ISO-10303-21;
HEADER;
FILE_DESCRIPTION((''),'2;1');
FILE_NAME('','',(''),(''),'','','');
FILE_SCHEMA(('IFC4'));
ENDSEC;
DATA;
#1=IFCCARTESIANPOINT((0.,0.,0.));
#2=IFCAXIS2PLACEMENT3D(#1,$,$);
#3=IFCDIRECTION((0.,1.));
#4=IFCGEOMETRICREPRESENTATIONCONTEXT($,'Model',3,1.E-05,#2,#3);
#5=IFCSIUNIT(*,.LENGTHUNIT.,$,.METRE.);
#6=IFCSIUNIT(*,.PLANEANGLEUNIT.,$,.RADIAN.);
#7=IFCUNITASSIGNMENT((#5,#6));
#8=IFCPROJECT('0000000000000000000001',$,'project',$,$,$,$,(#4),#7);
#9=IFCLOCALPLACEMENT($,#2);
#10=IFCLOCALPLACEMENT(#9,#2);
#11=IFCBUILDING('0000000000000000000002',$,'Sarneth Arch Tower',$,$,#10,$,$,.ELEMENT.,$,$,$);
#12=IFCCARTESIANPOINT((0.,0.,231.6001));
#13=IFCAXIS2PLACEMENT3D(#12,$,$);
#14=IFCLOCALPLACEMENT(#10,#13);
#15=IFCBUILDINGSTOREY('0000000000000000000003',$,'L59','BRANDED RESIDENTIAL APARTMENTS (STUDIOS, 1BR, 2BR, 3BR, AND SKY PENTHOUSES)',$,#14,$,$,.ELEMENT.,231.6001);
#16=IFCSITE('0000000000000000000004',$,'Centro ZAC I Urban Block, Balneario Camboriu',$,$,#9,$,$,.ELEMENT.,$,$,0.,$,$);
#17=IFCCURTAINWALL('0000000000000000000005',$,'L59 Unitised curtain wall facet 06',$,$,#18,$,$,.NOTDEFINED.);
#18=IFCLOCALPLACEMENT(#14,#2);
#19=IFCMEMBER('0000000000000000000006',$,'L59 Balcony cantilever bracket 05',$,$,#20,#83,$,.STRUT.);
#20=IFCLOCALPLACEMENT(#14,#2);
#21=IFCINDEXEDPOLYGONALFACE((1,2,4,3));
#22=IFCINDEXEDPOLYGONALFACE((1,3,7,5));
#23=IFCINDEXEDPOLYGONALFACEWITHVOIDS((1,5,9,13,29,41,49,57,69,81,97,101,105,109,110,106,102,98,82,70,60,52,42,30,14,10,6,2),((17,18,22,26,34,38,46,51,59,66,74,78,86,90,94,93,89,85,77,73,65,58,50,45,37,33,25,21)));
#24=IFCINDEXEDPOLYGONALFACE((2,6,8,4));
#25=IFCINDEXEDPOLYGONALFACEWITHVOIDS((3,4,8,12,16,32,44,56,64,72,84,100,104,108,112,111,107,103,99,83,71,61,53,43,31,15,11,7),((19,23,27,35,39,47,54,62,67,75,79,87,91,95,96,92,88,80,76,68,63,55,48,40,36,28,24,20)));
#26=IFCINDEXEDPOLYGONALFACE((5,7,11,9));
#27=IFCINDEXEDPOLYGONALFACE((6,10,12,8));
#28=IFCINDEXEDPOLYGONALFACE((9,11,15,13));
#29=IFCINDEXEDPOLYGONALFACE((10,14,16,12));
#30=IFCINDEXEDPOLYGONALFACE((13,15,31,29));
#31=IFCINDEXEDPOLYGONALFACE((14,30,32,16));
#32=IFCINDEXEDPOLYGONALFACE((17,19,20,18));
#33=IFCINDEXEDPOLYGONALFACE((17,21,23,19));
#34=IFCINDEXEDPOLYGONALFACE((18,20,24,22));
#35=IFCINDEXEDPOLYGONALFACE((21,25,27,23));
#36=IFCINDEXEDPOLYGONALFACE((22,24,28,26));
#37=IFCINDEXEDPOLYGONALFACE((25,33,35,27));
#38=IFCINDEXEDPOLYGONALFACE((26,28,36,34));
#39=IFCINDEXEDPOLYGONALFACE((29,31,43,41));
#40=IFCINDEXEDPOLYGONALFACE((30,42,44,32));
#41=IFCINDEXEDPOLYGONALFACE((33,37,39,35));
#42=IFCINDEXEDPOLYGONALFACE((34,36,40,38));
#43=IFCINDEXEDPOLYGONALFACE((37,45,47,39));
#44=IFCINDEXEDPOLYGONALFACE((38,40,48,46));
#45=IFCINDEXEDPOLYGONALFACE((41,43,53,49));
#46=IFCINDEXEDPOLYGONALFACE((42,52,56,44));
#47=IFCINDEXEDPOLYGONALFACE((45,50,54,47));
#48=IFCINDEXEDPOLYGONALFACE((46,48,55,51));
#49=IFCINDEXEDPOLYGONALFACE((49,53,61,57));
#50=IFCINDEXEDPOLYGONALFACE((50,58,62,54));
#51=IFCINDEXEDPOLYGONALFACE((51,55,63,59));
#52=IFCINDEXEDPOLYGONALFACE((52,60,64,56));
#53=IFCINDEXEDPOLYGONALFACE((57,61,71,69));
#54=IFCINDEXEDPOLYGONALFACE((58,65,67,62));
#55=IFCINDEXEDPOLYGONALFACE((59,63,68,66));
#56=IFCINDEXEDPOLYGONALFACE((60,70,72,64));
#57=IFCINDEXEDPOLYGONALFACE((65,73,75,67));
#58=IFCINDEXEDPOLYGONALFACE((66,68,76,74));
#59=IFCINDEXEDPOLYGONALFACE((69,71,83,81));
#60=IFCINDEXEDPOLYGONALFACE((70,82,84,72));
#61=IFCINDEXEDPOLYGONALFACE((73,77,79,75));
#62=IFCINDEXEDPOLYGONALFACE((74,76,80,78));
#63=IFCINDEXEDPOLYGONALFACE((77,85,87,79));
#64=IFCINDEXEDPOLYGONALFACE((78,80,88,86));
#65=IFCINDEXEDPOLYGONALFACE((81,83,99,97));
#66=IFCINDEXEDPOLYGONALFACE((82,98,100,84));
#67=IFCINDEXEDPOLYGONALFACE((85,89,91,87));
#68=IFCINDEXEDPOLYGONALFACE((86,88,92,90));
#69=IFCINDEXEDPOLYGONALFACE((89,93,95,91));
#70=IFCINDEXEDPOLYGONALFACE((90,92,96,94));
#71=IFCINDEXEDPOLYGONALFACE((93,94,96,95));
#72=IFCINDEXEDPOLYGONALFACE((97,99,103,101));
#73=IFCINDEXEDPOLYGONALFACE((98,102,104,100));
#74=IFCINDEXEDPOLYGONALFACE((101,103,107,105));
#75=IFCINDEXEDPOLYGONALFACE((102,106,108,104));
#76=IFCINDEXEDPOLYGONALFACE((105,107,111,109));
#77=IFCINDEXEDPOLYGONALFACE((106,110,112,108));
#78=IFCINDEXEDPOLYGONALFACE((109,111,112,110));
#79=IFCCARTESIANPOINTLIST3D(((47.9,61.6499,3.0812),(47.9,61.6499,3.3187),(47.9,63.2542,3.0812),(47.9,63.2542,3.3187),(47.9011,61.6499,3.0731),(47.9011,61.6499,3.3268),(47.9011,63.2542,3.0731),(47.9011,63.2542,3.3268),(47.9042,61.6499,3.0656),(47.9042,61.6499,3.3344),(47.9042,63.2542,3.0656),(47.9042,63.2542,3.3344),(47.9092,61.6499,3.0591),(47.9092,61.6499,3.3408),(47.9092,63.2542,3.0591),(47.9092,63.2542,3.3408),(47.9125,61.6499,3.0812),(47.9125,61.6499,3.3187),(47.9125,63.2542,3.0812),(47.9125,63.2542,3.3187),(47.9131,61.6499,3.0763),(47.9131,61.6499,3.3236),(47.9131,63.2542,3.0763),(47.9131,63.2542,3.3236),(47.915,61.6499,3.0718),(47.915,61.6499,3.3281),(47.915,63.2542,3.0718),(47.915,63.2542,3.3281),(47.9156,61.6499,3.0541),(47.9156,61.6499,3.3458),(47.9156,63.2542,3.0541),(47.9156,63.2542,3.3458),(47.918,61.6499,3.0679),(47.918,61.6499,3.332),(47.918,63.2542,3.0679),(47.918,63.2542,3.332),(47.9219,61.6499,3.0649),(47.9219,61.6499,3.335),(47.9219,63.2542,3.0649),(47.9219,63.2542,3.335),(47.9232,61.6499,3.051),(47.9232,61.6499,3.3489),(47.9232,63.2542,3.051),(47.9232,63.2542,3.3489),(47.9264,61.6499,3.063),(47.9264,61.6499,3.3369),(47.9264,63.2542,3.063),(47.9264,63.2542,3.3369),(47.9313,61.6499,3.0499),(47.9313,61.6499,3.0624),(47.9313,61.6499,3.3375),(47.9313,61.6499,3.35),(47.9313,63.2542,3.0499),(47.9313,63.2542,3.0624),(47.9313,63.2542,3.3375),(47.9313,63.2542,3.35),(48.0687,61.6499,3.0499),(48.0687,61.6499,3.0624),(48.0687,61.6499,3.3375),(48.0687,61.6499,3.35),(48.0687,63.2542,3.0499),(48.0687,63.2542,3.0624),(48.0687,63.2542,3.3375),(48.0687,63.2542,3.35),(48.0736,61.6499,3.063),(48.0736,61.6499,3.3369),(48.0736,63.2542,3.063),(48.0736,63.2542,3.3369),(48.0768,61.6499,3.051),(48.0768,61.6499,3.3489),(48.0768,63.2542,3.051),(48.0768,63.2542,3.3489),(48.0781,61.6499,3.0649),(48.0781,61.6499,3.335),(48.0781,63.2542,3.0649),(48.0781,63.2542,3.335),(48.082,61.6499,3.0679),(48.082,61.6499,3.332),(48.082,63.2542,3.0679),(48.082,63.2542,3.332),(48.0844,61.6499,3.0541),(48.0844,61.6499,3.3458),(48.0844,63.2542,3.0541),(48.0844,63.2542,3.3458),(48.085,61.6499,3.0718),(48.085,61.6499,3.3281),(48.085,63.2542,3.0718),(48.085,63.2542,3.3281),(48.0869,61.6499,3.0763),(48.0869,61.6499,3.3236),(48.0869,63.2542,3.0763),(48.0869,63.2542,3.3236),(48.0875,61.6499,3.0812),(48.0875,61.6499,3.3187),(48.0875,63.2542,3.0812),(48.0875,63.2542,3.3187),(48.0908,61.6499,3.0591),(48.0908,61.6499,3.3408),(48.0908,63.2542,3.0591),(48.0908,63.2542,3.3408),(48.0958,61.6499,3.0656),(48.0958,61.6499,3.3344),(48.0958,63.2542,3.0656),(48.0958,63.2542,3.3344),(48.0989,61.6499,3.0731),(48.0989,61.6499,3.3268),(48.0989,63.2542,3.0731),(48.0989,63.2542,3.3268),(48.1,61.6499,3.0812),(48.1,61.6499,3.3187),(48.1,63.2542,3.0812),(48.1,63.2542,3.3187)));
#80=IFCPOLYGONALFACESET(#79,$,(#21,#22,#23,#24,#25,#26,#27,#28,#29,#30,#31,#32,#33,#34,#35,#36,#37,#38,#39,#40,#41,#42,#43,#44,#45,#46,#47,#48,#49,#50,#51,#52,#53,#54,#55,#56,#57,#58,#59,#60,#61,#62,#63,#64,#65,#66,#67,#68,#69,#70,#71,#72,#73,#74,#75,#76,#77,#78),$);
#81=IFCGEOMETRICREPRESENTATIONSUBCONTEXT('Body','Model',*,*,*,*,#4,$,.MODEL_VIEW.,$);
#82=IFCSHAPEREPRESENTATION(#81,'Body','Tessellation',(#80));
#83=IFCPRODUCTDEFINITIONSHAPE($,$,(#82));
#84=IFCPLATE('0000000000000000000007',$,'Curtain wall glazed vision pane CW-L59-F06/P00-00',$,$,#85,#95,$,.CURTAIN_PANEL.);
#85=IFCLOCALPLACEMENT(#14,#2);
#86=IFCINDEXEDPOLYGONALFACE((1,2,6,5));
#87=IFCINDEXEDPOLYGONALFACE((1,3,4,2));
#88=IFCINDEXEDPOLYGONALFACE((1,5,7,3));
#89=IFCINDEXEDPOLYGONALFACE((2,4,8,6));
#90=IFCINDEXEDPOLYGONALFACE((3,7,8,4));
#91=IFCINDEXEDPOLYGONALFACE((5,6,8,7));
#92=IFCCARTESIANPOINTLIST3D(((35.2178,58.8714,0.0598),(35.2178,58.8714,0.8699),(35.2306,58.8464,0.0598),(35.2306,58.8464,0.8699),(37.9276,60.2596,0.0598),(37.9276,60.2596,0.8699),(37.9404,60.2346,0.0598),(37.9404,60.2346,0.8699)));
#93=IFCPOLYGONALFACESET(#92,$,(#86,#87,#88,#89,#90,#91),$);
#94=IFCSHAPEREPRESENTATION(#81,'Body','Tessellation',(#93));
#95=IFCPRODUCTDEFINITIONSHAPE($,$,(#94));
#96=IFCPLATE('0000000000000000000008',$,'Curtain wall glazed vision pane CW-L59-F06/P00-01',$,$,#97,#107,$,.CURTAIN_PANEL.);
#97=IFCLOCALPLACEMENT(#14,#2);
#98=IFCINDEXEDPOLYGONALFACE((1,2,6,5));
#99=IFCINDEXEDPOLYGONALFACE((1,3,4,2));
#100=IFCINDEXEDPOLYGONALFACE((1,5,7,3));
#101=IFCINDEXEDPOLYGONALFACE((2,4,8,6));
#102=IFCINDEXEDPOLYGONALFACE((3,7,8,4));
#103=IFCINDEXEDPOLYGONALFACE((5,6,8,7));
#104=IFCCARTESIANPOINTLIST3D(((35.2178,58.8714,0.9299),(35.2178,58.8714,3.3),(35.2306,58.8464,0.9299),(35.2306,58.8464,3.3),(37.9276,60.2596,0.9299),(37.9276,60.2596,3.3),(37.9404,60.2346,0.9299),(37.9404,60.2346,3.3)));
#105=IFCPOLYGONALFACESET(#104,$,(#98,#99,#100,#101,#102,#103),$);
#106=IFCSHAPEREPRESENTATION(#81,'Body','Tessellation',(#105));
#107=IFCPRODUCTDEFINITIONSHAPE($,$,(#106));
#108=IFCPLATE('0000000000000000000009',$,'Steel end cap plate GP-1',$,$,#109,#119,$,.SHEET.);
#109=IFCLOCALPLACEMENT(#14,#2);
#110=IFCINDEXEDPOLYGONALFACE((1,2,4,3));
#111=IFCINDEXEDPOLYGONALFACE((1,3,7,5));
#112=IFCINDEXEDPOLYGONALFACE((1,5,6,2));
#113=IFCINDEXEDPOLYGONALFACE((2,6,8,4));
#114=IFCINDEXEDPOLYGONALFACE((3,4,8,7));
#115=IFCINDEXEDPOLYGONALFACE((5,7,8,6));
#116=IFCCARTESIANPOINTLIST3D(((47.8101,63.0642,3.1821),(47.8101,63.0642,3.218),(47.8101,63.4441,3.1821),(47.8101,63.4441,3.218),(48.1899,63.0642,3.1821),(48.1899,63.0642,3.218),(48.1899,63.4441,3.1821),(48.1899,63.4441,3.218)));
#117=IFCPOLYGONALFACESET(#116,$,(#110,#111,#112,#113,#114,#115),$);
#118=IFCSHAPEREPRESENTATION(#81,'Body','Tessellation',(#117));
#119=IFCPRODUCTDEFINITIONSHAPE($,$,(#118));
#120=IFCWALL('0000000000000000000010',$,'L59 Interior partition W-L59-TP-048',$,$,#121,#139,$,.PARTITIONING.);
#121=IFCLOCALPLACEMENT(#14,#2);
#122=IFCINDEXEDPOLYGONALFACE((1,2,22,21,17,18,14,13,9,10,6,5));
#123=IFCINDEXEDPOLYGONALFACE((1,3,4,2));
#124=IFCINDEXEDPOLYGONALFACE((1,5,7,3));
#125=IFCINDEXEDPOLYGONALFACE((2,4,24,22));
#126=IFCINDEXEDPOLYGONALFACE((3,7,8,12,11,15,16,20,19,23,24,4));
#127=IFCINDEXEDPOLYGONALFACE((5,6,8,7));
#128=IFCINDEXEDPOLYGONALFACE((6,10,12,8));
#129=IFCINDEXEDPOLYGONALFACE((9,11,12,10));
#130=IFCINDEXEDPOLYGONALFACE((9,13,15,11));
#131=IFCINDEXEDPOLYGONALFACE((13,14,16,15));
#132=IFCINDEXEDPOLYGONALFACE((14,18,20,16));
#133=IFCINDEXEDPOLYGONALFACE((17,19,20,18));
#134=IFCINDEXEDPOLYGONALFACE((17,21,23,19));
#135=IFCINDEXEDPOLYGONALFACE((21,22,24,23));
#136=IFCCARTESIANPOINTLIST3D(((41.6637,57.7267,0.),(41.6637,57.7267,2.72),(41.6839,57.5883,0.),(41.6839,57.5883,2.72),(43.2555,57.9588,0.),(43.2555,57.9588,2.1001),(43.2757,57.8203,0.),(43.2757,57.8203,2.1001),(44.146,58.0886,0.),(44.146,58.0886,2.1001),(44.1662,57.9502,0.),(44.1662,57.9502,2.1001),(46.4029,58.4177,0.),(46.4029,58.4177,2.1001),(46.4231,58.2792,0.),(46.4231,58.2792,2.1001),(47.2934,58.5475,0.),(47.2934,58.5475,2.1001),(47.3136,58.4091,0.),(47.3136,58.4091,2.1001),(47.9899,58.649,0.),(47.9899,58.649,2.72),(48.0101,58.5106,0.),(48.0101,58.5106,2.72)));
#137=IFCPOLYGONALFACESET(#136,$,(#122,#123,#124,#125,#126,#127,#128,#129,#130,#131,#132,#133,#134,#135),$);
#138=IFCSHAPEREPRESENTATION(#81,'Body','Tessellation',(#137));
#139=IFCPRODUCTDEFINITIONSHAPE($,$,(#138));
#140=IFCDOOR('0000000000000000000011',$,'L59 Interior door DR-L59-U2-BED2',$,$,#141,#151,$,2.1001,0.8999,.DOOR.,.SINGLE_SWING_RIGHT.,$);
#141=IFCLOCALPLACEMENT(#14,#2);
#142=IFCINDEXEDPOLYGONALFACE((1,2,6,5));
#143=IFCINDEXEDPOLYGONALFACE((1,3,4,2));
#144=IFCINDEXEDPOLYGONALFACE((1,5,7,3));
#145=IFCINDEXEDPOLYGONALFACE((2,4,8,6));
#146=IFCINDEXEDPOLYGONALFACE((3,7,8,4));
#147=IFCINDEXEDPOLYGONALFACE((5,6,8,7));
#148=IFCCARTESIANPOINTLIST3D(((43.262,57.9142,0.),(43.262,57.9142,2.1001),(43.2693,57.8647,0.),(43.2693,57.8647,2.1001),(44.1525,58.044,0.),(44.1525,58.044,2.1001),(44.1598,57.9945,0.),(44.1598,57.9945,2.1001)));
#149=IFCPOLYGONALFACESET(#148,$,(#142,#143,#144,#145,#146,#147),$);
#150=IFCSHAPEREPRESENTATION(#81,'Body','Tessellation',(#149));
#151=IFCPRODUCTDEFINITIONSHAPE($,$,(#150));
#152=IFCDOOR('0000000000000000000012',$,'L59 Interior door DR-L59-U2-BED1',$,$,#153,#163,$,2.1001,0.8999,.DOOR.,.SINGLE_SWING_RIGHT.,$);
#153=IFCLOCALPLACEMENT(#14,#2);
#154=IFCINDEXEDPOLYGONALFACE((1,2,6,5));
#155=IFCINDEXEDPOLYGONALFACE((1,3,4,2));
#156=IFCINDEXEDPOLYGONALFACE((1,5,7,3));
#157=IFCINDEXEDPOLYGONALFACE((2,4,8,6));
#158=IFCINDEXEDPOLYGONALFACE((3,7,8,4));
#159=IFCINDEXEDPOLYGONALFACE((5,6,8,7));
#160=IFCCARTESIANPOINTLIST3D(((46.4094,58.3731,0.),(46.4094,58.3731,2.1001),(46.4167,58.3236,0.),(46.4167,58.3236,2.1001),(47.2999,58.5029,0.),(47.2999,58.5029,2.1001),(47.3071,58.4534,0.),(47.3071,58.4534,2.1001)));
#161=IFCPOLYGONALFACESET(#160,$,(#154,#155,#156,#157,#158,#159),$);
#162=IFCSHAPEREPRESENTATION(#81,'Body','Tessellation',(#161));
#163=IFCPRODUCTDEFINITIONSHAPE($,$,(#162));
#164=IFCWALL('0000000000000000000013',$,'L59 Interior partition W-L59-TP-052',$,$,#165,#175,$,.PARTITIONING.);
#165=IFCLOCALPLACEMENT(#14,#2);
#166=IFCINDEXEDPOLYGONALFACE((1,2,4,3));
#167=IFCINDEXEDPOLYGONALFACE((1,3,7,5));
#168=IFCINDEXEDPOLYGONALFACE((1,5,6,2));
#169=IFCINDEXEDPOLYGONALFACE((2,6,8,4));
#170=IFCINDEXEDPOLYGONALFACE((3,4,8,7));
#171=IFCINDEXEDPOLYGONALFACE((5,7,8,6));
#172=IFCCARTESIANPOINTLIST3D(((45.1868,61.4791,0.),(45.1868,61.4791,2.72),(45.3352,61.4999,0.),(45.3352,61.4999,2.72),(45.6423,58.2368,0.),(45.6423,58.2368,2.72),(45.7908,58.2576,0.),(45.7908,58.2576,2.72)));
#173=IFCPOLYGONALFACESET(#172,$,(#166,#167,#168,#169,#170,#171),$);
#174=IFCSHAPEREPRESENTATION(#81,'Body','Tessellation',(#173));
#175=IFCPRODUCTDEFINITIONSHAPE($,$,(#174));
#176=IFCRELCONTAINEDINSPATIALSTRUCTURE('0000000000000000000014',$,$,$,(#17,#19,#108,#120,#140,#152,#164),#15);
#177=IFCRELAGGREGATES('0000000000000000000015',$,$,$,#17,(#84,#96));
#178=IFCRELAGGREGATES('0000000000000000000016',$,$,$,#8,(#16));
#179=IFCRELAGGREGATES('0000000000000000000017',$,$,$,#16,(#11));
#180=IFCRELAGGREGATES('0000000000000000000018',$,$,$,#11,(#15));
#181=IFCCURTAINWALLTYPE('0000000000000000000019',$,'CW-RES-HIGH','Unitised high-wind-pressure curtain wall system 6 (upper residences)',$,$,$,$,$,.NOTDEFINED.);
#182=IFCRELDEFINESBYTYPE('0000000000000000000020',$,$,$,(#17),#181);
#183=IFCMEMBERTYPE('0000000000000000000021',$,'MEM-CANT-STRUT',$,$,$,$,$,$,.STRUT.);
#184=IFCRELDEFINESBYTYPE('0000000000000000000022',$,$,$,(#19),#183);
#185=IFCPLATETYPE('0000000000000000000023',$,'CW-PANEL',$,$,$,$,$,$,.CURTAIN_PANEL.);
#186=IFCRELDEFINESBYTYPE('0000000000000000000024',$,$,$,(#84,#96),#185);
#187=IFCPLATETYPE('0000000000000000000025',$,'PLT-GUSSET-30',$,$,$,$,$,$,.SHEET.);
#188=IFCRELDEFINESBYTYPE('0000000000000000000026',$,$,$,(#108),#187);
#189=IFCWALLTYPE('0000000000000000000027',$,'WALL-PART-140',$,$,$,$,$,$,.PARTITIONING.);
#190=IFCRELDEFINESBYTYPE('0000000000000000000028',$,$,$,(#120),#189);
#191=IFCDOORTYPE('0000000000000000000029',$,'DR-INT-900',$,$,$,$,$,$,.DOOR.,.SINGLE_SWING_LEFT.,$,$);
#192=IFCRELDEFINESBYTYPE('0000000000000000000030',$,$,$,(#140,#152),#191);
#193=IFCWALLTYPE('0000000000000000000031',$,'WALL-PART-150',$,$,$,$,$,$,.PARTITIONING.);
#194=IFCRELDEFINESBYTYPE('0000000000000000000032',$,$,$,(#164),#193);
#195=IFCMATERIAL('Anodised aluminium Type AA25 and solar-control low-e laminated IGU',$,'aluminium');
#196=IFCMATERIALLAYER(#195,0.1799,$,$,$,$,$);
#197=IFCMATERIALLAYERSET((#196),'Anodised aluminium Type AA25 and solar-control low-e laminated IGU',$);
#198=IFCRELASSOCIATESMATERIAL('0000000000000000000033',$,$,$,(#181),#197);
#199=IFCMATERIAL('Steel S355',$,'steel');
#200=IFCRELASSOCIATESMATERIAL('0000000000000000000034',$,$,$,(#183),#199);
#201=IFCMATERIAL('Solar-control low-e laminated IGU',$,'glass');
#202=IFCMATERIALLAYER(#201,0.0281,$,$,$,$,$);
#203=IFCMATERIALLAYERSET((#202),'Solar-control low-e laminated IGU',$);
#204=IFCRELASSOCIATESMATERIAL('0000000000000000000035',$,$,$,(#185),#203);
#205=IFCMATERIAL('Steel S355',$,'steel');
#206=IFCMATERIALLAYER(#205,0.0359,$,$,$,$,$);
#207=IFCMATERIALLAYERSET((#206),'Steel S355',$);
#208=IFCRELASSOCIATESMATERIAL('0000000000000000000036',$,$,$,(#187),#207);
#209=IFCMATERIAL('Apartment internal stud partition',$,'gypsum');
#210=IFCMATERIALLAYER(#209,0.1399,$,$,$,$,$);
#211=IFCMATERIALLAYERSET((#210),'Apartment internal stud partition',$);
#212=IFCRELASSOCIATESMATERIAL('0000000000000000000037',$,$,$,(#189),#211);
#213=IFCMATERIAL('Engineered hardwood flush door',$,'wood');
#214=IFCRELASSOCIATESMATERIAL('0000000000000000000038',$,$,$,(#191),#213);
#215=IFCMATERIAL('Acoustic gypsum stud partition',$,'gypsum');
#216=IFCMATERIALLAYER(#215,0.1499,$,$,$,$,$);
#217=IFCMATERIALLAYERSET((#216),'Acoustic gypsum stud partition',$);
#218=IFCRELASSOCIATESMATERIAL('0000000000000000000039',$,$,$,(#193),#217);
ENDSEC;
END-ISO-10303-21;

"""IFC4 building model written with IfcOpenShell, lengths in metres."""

from ifc_helpers import new_model, si_unit, direction, frame, frame_2d, origin, origin_2d, place, context, subcontext, project, spatial, rectangle, hollow_rectangle, extrude, material, layer, layer_set, material_profile, profile_set, type_object, element, fill, aggregate, save


model = new_model("IFC4")

# Units and contexts
model_context = context("Model", 3, precision=1e-05, world=origin(), true_north=direction((0.0, 1.0)))
body_context = subcontext(model_context, "Body", "Model", "MODEL_VIEW")
ifc_project = project(units=[si_unit("LENGTHUNIT", "METRE"), si_unit("PLANEANGLEUNIT", "RADIAN")], contexts=[model_context])

# Site, building, storey
site_placement = place(None, origin())
site = spatial("IfcSite", under=ifc_project, at=site_placement, Name="Centro ZAC I Urban Block, Balneario Camboriu", CompositionType="ELEMENT", RefElevation=0.0)
building_placement = place(site_placement, origin())
building = spatial("IfcBuilding", under=site, at=building_placement, Name="Sarneth Arch Tower", CompositionType="ELEMENT")
storey_placement = place(building_placement, frame((0.0, 0.0, 231.6001)))
storey = spatial("IfcBuildingStorey", under=building, at=storey_placement, Name="L59", Description="BRANDED RESIDENTIAL APARTMENTS (STUDIOS, 1BR, 2BR, 3BR, AND SKY PENTHOUSES)", CompositionType="ELEMENT", Elevation=231.6001)

# Curtain wall
ifc_material_1 = material(Name="Anodised aluminium Type AA25 and solar-control low-e laminated IGU", Category="aluminium")
ifc_layer_1 = layer(ifc_material_1, 0.1799)
ifc_layer_set_1 = layer_set([ifc_layer_1], Name="Anodised aluminium Type AA25 and solar-control low-e laminated IGU")
curtain_wall_type = type_object("IfcCurtainWallType", Name="CW-RES-HIGH", Description="Unitised high-wind-pressure curtain wall system 6 (upper residences)", PredefinedType="NOTDEFINED", material=ifc_layer_set_1)
curtain_wall_placement = place(storey_placement, origin())
curtain_wall = element("IfcCurtainWall", 1, at=curtain_wall_placement, inside=storey, type_object=curtain_wall_type, Name="L59 Unitised curtain wall facet 06", PredefinedType="NOTDEFINED")

# Member
ifc_material_2 = material(Name="Steel S355", Category="steel")
ifc_material_profile_1 = material_profile(ifc_material_2, hollow_rectangle(XDim=0.2, YDim=0.3, WallThickness=0.0125, InnerFilletRadius=0.0188, OuterFilletRadius=0.0312, at=origin_2d()), Name="RHS300x200x12.5")
ifc_profile_set_1 = profile_set([ifc_material_profile_1], Name="Steel S355")
member_type_1 = type_object("IfcMemberType", Name="MEM-CANT-STRUT", PredefinedType="STRUT", material=ifc_profile_set_1)
member_1_placement = place(storey_placement, frame((48.0, 61.6499, 3.2), z_axis=(0.0, 1.0, 0.0), x_axis=(-1.0, 0.0, 0.0)))
element("IfcMember", 2, at=member_1_placement, inside=storey, type_object=member_type_1, Name="L59 Balcony cantilever bracket 05", PredefinedType="STRUT", context=body_context, shape_type="SweptSolid", body=[
    extrude(hollow_rectangle(XDim=0.2, YDim=0.3, WallThickness=0.0125, InnerFilletRadius=0.0188, OuterFilletRadius=0.0312, at=origin_2d()), origin(), (0.0, 0.0, 1.0), 1.6042),
])

# Plates
ifc_material_3 = material(Name="Solar-control low-e laminated IGU", Category="glass")
ifc_layer_2 = layer(ifc_material_3, 0.0281)
ifc_layer_set_2 = layer_set([ifc_layer_2], Name="Solar-control low-e laminated IGU")
plate_type_1 = type_object("IfcPlateType", Name="CW-PANEL", PredefinedType="CURTAIN_PANEL", material=ifc_layer_set_2)
plate_1_placement = place(storey_placement, frame((36.5791, 59.553, 0.0598), z_axis=(0.0, 0.0, 1.0), x_axis=(-0.89001, -0.455942, 0.0)))
plate_1 = element("IfcPlate", 3, at=plate_1_placement, type_object=plate_type_1, Name="Curtain wall glazed vision pane CW-L59-F06/P00-00", PredefinedType="CURTAIN_PANEL", context=body_context, shape_type="SweptSolid", body=[
    extrude(rectangle(XDim=3.0447, YDim=0.0281, at=origin_2d()), origin(), (0.0, 0.0, 1.0), 0.8101),
])
plate_2_placement = place(storey_placement, frame((36.5791, 59.553, 0.9299), z_axis=(0.0, 0.0, 1.0), x_axis=(-0.89001, -0.455942, 0.0)))
plate_2 = element("IfcPlate", 4, at=plate_2_placement, type_object=plate_type_1, Name="Curtain wall glazed vision pane CW-L59-F06/P00-01", PredefinedType="CURTAIN_PANEL", context=body_context, shape_type="SweptSolid", body=[
    extrude(rectangle(XDim=3.0447, YDim=0.0281, at=origin_2d()), origin(), (0.0, 0.0, 1.0), 2.3701),
])
aggregate(curtain_wall, [plate_1, plate_2])
ifc_material_4 = material(Name="Steel S355", Category="steel")
ifc_layer_3 = layer(ifc_material_4, 0.0359)
ifc_layer_set_3 = layer_set([ifc_layer_3], Name="Steel S355")
plate_type_2 = type_object("IfcPlateType", Name="PLT-GUSSET-30", PredefinedType="SHEET", material=ifc_layer_set_3)
plate_3_placement = place(storey_placement, frame((48.0, 63.2542, 3.1821), z_axis=(0.0, 0.0, 1.0), x_axis=(0.0, 1.0, 0.0)))
element("IfcPlate", 5, at=plate_3_placement, inside=storey, type_object=plate_type_2, Name="Steel end cap plate GP-1", PredefinedType="SHEET", context=body_context, shape_type="SweptSolid", body=[
    extrude(rectangle(XDim=0.3799, YDim=0.3799, at=origin_2d()), origin(), (0.0, 0.0, 1.0), 0.0359),
])

# Wall, openings, doors
ifc_material_5 = material(Name="Apartment internal stud partition", Category="gypsum")
ifc_layer_4 = layer(ifc_material_5, 0.1399)
ifc_layer_set_4 = layer_set([ifc_layer_4], Name="Apartment internal stud partition")
wall_type_1 = type_object("IfcWallType", Name="WALL-PART-140", PredefinedType="PARTITIONING", material=ifc_layer_set_4)
wall_1_placement = place(storey_placement, frame((41.6738, 57.6575, 0.0), z_axis=(0.0, 0.0, 1.0), x_axis=(0.989538, 0.144276, 0.0)))
wall_1 = element("IfcWall", 6, at=wall_1_placement, inside=storey, type_object=wall_type_1, Name="L59 Interior partition W-L59-TP-048", PredefinedType="PARTITIONING", context=body_context, shape_type="SweptSolid", body=[
    extrude(rectangle(XDim=6.3931, YDim=0.1399, at=frame_2d((3.1965, 0.0))), origin(), (0.0, 0.0, 1.0), 2.72),
])
opening_1_placement = place(wall_1_placement, frame((1.6086, 0.0, 0.0)))
opening_1 = element("IfcOpeningElement", 7, at=opening_1_placement, cuts=wall_1, PredefinedType="OPENING", context=body_context, shape_type="SweptSolid", body=[
    extrude(rectangle(XDim=0.8999, YDim=2.1001, at=frame_2d((0.45, 1.05))), frame((0.0, 0.0798, 0.0), z_axis=(0.0, -1.0, 0.0), x_axis=(1.0, 0.0, 0.0)), (0.0, 0.0, 1.0), 0.1599),
])
opening_2_placement = place(wall_1_placement, frame((4.7893, 0.0, 0.0)))
opening_2 = element("IfcOpeningElement", 8, at=opening_2_placement, cuts=wall_1, PredefinedType="OPENING", context=body_context, shape_type="SweptSolid", body=[
    extrude(rectangle(XDim=0.8999, YDim=2.1001, at=frame_2d((0.45, 1.05))), frame((0.0, 0.0798, 0.0), z_axis=(0.0, -1.0, 0.0), x_axis=(1.0, 0.0, 0.0)), (0.0, 0.0, 1.0), 0.1599),
])
ifc_material_6 = material(Name="Engineered hardwood flush door", Category="wood")
door_type = type_object("IfcDoorType", Name="DR-INT-900", OperationType="SINGLE_SWING_LEFT", PredefinedType="DOOR", material=ifc_material_6)
door_1_placement = place(opening_1_placement, origin())
door_1 = element("IfcDoor", 9, at=door_1_placement, inside=storey, type_object=door_type, Name="L59 Interior door DR-L59-U2-BED2", OperationType="SINGLE_SWING_RIGHT", OverallHeight=2.1001, OverallWidth=0.8999, PredefinedType="DOOR", context=body_context, shape_type="SweptSolid", body=[
    extrude(rectangle(XDim=0.8999, YDim=2.1001, at=frame_2d((0.45, 1.05))), frame((0.0, 0.0249, 0.0), z_axis=(0.0, -1.0, 0.0), x_axis=(1.0, 0.0, 0.0)), (0.0, 0.0, 1.0), 0.05),
])
fill(opening_1, door_1)
door_2_placement = place(opening_2_placement, origin())
door_2 = element("IfcDoor", 10, at=door_2_placement, inside=storey, type_object=door_type, Name="L59 Interior door DR-L59-U2-BED1", OperationType="SINGLE_SWING_RIGHT", OverallHeight=2.1001, OverallWidth=0.8999, PredefinedType="DOOR", context=body_context, shape_type="SweptSolid", body=[
    extrude(rectangle(XDim=0.8999, YDim=2.1001, at=frame_2d((0.45, 1.05))), frame((0.0, 0.0249, 0.0), z_axis=(0.0, -1.0, 0.0), x_axis=(1.0, 0.0, 0.0)), (0.0, 0.0, 1.0), 0.05),
])
fill(opening_2, door_2)

# Wall
ifc_material_7 = material(Name="Acoustic gypsum stud partition", Category="gypsum")
ifc_layer_5 = layer(ifc_material_7, 0.1499)
ifc_layer_set_5 = layer_set([ifc_layer_5], Name="Acoustic gypsum stud partition")
wall_type_2 = type_object("IfcWallType", Name="WALL-PART-150", PredefinedType="PARTITIONING", material=ifc_layer_set_5)
wall_2_placement = place(storey_placement, frame((45.7166, 58.2471, 0.0), z_axis=(0.0, 0.0, 1.0), x_axis=(-0.139135, 0.990273, 0.0)))
element("IfcWall", 11, at=wall_2_placement, inside=storey, type_object=wall_type_2, Name="L59 Interior partition W-L59-TP-052", PredefinedType="PARTITIONING", context=body_context, shape_type="SweptSolid", body=[
    extrude(rectangle(XDim=3.2742, YDim=0.1499, at=frame_2d((1.6372, 0.0))), origin(), (0.0, 0.0, 1.0), 2.72),
])

save(model, "model.ifc")
